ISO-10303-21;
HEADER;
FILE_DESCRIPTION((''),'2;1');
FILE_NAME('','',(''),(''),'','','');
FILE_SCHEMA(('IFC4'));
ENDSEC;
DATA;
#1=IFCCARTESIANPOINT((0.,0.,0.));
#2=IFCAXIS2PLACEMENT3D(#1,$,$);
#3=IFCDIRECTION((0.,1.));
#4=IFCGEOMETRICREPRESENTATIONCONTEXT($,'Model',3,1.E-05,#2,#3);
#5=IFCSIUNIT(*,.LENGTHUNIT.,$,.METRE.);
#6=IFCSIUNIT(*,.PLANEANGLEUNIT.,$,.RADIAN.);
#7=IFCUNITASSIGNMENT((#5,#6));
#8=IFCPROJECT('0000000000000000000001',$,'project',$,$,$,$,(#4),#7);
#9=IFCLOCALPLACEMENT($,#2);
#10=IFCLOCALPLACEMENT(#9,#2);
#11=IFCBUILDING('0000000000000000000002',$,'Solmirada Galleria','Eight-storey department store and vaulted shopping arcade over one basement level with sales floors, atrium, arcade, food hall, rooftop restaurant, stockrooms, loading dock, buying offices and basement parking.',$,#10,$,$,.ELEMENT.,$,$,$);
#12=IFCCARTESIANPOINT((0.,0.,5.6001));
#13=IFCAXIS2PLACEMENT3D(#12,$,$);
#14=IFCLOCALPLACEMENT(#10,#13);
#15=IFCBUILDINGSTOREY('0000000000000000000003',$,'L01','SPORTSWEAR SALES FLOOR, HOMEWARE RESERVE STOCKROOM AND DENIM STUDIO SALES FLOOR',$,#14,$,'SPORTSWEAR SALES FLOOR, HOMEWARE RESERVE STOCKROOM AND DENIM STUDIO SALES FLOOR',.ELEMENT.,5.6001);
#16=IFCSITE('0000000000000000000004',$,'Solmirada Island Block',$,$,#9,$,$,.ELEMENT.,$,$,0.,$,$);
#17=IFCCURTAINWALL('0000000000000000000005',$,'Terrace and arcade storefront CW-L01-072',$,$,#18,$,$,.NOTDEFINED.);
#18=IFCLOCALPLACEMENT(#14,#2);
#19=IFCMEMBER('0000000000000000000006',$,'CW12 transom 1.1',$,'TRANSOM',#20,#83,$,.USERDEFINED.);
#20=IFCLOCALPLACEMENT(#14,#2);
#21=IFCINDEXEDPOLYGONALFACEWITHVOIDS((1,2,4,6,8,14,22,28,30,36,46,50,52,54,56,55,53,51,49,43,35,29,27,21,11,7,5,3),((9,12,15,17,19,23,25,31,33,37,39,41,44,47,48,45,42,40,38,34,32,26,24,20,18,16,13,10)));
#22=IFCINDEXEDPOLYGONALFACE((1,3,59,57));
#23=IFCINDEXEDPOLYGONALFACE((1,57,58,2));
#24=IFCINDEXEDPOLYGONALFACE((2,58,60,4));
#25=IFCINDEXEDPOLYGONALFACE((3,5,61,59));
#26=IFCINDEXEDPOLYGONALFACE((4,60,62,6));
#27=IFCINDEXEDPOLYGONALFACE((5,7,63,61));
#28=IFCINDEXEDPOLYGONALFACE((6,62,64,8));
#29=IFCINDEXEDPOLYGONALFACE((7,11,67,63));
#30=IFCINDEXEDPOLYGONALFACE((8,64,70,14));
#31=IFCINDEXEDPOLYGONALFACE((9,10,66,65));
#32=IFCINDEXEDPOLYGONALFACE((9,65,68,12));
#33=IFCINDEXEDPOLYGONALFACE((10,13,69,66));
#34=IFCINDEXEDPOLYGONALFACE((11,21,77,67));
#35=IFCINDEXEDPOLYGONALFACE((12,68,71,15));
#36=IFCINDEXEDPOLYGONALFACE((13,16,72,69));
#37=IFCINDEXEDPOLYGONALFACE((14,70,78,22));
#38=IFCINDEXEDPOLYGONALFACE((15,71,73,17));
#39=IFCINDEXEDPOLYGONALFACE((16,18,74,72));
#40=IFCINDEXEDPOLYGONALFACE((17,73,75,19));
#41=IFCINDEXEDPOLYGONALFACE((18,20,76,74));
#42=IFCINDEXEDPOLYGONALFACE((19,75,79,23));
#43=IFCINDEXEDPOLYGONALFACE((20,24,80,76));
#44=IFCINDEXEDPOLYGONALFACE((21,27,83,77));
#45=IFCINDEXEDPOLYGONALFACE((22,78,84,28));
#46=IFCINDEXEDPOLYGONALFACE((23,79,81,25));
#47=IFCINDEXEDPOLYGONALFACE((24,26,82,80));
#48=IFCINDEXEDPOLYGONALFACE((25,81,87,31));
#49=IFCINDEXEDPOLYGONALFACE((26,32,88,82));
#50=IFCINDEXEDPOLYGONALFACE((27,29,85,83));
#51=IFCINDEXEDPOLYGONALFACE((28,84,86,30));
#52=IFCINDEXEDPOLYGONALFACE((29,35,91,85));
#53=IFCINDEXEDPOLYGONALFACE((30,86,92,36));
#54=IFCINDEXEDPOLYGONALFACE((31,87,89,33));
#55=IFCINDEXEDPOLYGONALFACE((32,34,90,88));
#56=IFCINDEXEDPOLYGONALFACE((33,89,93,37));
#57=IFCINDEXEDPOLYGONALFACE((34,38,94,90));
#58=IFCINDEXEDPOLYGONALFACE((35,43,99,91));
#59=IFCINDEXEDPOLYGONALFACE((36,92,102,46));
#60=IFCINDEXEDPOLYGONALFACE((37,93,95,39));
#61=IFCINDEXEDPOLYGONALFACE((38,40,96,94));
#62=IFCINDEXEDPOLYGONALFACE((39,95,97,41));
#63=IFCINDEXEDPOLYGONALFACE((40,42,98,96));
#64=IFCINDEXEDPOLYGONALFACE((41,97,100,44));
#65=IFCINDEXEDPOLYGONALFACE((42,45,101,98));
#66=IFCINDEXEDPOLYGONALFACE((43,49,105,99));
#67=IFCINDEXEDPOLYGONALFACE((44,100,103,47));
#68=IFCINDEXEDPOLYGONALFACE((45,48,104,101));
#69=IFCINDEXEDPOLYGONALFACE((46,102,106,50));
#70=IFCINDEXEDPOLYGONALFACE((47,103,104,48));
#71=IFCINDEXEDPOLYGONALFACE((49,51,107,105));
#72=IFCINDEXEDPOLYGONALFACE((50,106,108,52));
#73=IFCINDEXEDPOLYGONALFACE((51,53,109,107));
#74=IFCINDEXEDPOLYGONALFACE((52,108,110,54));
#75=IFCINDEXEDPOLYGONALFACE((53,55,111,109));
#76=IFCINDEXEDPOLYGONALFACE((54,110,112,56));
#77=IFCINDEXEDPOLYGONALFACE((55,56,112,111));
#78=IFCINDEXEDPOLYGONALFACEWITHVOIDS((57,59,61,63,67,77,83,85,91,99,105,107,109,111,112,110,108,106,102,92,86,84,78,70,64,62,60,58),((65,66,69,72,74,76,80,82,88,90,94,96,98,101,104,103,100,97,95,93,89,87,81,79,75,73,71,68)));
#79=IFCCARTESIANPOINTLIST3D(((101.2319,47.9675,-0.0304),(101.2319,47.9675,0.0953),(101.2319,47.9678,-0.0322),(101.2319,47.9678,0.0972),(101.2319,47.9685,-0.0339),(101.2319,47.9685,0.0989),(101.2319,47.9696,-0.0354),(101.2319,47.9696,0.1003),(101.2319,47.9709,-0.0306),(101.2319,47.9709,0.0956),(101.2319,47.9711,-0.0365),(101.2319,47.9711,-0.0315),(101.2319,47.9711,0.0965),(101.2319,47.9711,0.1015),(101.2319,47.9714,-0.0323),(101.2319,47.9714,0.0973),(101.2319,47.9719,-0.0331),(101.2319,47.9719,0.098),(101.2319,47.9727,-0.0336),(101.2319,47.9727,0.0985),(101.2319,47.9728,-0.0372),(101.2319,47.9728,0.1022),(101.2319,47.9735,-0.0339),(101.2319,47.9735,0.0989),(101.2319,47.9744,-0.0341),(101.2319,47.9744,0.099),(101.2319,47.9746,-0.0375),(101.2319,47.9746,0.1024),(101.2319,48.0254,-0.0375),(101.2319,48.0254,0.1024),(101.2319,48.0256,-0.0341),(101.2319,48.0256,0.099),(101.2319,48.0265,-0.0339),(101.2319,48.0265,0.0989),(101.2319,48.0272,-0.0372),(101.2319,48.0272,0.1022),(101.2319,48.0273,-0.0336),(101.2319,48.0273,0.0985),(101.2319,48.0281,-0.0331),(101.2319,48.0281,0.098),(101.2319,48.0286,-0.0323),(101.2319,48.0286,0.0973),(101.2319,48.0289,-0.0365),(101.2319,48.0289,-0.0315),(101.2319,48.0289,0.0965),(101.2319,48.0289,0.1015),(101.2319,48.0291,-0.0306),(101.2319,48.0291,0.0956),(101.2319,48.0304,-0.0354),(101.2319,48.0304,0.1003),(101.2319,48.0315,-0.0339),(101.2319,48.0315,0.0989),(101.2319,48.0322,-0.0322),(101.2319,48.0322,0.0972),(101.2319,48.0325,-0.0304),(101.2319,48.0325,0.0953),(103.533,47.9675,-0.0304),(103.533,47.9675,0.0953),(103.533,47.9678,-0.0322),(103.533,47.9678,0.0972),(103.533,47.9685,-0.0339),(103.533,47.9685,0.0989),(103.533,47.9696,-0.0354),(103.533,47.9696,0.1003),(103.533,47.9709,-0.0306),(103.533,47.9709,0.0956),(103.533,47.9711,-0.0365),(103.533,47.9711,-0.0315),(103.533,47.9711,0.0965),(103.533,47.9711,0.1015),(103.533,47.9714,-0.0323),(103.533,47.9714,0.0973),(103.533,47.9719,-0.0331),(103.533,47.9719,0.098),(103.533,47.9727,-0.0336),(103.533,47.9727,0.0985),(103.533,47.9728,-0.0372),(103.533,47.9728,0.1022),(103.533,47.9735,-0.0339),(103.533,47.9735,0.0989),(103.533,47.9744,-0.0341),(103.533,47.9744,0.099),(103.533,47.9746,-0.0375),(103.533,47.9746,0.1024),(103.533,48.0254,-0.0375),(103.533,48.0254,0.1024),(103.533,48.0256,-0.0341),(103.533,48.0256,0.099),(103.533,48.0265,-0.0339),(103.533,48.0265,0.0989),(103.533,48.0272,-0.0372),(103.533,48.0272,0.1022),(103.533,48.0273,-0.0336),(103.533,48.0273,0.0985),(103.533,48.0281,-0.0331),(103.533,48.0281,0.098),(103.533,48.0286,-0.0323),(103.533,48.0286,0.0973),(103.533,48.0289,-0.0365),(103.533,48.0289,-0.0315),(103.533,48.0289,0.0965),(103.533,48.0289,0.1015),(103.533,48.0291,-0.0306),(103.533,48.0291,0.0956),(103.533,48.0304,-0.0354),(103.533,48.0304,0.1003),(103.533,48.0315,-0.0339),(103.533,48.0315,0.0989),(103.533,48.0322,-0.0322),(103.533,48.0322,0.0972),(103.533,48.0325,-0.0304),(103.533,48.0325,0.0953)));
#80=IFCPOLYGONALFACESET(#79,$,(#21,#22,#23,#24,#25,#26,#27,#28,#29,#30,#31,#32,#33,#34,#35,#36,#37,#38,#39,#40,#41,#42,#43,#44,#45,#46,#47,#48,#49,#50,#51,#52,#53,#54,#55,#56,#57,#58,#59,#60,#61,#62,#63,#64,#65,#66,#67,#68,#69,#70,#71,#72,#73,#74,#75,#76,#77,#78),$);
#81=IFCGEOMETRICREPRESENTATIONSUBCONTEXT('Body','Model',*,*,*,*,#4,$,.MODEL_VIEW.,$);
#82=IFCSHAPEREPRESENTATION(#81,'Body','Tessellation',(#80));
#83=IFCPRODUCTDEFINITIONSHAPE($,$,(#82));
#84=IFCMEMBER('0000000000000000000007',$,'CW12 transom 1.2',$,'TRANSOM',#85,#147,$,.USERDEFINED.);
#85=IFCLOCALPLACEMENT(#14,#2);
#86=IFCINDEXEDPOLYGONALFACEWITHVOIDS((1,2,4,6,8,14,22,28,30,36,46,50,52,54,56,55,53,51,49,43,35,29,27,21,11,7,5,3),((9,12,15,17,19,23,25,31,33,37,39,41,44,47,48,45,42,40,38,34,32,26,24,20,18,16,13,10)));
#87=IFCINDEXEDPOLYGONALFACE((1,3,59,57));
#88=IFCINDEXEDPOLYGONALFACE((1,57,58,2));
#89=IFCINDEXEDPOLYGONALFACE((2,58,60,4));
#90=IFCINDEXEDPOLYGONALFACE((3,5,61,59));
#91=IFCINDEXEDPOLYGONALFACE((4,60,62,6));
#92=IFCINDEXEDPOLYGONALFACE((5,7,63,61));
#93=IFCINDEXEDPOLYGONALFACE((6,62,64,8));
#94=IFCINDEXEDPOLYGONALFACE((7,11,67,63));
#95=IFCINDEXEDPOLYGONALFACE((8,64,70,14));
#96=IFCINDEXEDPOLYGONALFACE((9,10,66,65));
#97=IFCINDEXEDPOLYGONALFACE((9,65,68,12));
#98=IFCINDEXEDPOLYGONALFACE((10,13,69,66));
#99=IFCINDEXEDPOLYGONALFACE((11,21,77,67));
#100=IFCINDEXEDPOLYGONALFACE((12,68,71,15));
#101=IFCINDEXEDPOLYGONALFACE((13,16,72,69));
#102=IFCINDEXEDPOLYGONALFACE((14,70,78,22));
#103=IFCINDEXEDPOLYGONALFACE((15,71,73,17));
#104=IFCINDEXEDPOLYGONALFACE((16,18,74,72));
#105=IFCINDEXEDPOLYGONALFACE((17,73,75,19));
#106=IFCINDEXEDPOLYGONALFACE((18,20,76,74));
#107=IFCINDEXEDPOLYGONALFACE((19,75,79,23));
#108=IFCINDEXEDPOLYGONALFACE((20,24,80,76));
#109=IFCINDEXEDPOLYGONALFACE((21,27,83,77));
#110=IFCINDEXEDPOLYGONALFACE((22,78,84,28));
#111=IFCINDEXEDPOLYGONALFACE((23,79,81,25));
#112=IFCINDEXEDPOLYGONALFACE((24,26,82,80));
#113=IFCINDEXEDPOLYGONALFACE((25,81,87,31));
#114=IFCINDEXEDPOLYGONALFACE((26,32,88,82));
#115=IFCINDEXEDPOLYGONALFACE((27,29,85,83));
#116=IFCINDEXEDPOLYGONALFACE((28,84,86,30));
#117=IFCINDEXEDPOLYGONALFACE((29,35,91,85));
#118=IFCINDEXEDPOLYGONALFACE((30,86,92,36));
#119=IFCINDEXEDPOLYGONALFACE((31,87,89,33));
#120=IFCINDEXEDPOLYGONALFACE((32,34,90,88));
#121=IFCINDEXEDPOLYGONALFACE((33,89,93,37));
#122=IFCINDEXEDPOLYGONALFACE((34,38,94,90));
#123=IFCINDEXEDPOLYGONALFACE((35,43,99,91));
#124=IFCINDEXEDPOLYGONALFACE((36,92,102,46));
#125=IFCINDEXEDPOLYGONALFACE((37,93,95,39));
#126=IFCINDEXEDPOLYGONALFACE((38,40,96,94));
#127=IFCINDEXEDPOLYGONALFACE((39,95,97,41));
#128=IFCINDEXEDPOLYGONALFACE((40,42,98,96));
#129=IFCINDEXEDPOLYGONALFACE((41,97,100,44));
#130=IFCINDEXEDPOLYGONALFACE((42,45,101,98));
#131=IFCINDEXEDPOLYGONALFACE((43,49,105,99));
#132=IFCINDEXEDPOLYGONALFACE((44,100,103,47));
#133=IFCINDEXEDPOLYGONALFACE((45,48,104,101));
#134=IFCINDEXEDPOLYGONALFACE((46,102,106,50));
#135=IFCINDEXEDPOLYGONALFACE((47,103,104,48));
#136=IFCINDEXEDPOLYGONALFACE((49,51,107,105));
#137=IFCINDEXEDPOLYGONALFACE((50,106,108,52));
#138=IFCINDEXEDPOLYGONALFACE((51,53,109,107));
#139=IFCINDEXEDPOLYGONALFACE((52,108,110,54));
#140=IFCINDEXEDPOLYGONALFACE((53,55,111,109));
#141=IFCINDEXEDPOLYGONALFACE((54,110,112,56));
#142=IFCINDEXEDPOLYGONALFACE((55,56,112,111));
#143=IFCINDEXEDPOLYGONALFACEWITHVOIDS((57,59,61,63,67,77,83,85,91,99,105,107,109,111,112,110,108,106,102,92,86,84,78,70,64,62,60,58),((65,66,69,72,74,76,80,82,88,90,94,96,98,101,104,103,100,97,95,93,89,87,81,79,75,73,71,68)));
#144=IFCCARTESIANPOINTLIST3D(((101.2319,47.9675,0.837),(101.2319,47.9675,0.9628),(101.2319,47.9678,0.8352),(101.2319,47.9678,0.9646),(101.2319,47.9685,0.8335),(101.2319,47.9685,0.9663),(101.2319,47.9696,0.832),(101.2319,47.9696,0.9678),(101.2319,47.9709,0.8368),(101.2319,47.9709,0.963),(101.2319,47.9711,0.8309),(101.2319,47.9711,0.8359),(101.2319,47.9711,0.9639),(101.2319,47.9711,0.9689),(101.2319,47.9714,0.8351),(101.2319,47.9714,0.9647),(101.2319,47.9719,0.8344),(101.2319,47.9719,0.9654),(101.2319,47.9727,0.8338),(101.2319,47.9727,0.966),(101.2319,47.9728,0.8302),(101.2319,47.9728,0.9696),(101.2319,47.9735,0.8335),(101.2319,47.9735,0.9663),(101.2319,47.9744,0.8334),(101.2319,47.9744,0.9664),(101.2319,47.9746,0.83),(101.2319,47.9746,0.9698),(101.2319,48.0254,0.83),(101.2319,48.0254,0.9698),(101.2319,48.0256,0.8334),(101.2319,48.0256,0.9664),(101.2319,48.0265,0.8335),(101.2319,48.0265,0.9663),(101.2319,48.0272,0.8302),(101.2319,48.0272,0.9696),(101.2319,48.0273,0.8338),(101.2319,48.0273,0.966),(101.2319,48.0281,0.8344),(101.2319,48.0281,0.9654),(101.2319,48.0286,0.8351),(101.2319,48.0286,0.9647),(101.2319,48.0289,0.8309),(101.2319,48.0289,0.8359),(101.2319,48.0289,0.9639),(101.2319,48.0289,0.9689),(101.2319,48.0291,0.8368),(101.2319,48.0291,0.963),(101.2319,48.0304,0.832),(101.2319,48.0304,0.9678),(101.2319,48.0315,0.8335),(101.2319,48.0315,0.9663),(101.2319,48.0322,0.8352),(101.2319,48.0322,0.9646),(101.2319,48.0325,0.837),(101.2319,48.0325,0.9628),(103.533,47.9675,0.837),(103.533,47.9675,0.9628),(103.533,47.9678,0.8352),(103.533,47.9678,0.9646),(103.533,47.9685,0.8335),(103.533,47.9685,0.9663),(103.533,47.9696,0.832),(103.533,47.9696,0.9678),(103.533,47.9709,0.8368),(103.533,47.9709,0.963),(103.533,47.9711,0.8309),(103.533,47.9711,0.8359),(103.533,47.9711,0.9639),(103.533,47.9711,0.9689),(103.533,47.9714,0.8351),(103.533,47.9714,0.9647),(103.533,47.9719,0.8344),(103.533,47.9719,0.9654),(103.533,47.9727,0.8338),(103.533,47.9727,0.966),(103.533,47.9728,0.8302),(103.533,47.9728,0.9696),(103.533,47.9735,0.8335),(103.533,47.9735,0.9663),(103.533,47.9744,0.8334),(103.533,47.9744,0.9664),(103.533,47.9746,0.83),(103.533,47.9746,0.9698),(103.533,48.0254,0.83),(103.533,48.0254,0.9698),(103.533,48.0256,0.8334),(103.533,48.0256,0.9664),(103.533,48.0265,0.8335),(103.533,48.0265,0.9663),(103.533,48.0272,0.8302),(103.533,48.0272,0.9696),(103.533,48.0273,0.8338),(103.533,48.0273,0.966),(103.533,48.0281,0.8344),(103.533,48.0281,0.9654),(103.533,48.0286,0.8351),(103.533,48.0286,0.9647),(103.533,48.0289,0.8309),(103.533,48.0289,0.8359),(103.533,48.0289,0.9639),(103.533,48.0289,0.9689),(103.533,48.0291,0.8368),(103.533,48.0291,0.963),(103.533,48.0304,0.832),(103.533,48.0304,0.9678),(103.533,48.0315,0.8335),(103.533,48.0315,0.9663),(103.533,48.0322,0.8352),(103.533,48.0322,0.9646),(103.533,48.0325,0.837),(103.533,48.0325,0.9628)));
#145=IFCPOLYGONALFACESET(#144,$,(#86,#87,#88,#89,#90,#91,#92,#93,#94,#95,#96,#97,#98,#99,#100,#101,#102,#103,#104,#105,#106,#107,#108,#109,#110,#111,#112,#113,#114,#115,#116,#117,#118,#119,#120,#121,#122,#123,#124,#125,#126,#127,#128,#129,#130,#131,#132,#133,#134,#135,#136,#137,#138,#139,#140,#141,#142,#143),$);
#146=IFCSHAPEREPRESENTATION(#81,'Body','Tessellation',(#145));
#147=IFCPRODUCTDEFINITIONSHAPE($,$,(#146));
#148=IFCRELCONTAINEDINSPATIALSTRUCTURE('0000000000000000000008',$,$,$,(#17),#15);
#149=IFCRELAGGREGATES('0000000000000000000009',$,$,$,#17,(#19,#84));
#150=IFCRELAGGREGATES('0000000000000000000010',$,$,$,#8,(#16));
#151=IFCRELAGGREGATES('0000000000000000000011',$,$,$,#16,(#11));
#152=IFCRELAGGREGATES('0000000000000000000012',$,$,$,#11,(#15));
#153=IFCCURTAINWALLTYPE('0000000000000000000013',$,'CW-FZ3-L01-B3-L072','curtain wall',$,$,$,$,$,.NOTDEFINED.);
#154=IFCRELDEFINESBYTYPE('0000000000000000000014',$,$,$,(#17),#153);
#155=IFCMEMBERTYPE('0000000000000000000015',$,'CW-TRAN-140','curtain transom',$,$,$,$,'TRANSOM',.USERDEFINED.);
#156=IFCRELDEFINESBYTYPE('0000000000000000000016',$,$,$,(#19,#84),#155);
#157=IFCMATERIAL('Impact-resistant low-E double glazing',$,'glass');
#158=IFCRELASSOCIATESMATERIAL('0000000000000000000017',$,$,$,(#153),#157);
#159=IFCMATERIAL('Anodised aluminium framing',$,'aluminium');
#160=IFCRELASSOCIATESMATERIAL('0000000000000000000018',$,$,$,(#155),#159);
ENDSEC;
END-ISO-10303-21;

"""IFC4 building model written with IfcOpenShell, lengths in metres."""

from ifc_helpers import new_model, si_unit, direction, frame, origin, origin_2d, place, context, subcontext, project, spatial, hollow_rectangle, extrude, material, material_profile, profile_set, type_object, element, aggregate, save


model = new_model("IFC4")

# Units and contexts
model_context = context("Model", 3, precision=1e-05, world=origin(), true_north=direction((0.0, 1.0)))
body_context = subcontext(model_context, "Body", "Model", "MODEL_VIEW")
ifc_project = project(units=[si_unit("LENGTHUNIT", "METRE"), si_unit("PLANEANGLEUNIT", "RADIAN")], contexts=[model_context])

# Site, building, storey
site_placement = place(None, origin())
site = spatial("IfcSite", under=ifc_project, at=site_placement, Name="Solmirada Island Block", CompositionType="ELEMENT", RefElevation=0.0)
building_placement = place(site_placement, origin())
building = spatial("IfcBuilding", under=site, at=building_placement, Name="Solmirada Galleria", Description="Eight-storey department store and vaulted shopping arcade over one basement level with sales floors, atrium, arcade, food hall, rooftop restaurant, stockrooms, loading dock, buying offices and basement parking.", CompositionType="ELEMENT")
storey_placement = place(building_placement, frame((0.0, 0.0, 5.6001)))
storey = spatial("IfcBuildingStorey", under=building, at=storey_placement, Name="L01", Description="SPORTSWEAR SALES FLOOR, HOMEWARE RESERVE STOCKROOM AND DENIM STUDIO SALES FLOOR", LongName="SPORTSWEAR SALES FLOOR, HOMEWARE RESERVE STOCKROOM AND DENIM STUDIO SALES FLOOR", CompositionType="ELEMENT", Elevation=5.6001)

# Curtain wall
ifc_material_1 = material(Name="Impact-resistant low-E double glazing", Category="glass")
curtain_wall_type_1 = type_object("IfcCurtainWallType", Name="CW-FZ3-L01-B3-L072", Description="curtain wall", PredefinedType="NOTDEFINED", material=ifc_material_1)
curtain_wall_1_placement = place(storey_placement, origin())
curtain_wall_1 = element("IfcCurtainWall", 1, at=curtain_wall_1_placement, inside=storey, type_object=curtain_wall_type_1, Name="Terrace and arcade storefront CW-L01-072", PredefinedType="NOTDEFINED")
ifc_material_2 = material(Name="Anodised aluminium framing", Category="aluminium")

# Members
ifc_material_profile_1 = material_profile(ifc_material_2, hollow_rectangle(XDim=0.0649, YDim=0.1399, WallThickness=0.0034, InnerFilletRadius=0.0034, OuterFilletRadius=0.0071, at=origin_2d()), Name="ALU-TRAN-140X65")
ifc_profile_set_1 = profile_set([ifc_material_profile_1], Name="Anodised aluminium framing")
member_type_1 = type_object("IfcMemberType", Name="CW-TRAN-140", Description="curtain transom", ElementType="TRANSOM", PredefinedType="USERDEFINED", material=ifc_profile_set_1)
member_1_placement = place(storey_placement, frame((103.533, 48.0, 0.0325), z_axis=(-1.0, 0.0, 0.0), x_axis=(0.0, -1.0, 0.0)))
member_1 = element("IfcMember", 2, at=member_1_placement, type_object=member_type_1, Name="CW12 transom 1.1", ObjectType="TRANSOM", PredefinedType="USERDEFINED", context=body_context, shape_type="SweptSolid", body=[
    extrude(hollow_rectangle(XDim=0.0649, YDim=0.1399, WallThickness=0.0034, InnerFilletRadius=0.0034, OuterFilletRadius=0.0071, at=origin_2d()), origin(), (0.0, 0.0, 1.0), 2.301),
])
member_2_placement = place(storey_placement, frame((103.533, 48.0, 0.8999), z_axis=(-1.0, 0.0, 0.0), x_axis=(0.0, -1.0, 0.0)))
member_2 = element("IfcMember", 3, at=member_2_placement, type_object=member_type_1, Name="CW12 transom 1.2", ObjectType="TRANSOM", PredefinedType="USERDEFINED", context=body_context, shape_type="SweptSolid", body=[
    extrude(hollow_rectangle(XDim=0.0649, YDim=0.1399, WallThickness=0.0034, InnerFilletRadius=0.0034, OuterFilletRadius=0.0071, at=origin_2d()), origin(), (0.0, 0.0, 1.0), 2.301),
])

aggregate(curtain_wall_1, [member_1, member_2])

save(model, "model.ifc")
